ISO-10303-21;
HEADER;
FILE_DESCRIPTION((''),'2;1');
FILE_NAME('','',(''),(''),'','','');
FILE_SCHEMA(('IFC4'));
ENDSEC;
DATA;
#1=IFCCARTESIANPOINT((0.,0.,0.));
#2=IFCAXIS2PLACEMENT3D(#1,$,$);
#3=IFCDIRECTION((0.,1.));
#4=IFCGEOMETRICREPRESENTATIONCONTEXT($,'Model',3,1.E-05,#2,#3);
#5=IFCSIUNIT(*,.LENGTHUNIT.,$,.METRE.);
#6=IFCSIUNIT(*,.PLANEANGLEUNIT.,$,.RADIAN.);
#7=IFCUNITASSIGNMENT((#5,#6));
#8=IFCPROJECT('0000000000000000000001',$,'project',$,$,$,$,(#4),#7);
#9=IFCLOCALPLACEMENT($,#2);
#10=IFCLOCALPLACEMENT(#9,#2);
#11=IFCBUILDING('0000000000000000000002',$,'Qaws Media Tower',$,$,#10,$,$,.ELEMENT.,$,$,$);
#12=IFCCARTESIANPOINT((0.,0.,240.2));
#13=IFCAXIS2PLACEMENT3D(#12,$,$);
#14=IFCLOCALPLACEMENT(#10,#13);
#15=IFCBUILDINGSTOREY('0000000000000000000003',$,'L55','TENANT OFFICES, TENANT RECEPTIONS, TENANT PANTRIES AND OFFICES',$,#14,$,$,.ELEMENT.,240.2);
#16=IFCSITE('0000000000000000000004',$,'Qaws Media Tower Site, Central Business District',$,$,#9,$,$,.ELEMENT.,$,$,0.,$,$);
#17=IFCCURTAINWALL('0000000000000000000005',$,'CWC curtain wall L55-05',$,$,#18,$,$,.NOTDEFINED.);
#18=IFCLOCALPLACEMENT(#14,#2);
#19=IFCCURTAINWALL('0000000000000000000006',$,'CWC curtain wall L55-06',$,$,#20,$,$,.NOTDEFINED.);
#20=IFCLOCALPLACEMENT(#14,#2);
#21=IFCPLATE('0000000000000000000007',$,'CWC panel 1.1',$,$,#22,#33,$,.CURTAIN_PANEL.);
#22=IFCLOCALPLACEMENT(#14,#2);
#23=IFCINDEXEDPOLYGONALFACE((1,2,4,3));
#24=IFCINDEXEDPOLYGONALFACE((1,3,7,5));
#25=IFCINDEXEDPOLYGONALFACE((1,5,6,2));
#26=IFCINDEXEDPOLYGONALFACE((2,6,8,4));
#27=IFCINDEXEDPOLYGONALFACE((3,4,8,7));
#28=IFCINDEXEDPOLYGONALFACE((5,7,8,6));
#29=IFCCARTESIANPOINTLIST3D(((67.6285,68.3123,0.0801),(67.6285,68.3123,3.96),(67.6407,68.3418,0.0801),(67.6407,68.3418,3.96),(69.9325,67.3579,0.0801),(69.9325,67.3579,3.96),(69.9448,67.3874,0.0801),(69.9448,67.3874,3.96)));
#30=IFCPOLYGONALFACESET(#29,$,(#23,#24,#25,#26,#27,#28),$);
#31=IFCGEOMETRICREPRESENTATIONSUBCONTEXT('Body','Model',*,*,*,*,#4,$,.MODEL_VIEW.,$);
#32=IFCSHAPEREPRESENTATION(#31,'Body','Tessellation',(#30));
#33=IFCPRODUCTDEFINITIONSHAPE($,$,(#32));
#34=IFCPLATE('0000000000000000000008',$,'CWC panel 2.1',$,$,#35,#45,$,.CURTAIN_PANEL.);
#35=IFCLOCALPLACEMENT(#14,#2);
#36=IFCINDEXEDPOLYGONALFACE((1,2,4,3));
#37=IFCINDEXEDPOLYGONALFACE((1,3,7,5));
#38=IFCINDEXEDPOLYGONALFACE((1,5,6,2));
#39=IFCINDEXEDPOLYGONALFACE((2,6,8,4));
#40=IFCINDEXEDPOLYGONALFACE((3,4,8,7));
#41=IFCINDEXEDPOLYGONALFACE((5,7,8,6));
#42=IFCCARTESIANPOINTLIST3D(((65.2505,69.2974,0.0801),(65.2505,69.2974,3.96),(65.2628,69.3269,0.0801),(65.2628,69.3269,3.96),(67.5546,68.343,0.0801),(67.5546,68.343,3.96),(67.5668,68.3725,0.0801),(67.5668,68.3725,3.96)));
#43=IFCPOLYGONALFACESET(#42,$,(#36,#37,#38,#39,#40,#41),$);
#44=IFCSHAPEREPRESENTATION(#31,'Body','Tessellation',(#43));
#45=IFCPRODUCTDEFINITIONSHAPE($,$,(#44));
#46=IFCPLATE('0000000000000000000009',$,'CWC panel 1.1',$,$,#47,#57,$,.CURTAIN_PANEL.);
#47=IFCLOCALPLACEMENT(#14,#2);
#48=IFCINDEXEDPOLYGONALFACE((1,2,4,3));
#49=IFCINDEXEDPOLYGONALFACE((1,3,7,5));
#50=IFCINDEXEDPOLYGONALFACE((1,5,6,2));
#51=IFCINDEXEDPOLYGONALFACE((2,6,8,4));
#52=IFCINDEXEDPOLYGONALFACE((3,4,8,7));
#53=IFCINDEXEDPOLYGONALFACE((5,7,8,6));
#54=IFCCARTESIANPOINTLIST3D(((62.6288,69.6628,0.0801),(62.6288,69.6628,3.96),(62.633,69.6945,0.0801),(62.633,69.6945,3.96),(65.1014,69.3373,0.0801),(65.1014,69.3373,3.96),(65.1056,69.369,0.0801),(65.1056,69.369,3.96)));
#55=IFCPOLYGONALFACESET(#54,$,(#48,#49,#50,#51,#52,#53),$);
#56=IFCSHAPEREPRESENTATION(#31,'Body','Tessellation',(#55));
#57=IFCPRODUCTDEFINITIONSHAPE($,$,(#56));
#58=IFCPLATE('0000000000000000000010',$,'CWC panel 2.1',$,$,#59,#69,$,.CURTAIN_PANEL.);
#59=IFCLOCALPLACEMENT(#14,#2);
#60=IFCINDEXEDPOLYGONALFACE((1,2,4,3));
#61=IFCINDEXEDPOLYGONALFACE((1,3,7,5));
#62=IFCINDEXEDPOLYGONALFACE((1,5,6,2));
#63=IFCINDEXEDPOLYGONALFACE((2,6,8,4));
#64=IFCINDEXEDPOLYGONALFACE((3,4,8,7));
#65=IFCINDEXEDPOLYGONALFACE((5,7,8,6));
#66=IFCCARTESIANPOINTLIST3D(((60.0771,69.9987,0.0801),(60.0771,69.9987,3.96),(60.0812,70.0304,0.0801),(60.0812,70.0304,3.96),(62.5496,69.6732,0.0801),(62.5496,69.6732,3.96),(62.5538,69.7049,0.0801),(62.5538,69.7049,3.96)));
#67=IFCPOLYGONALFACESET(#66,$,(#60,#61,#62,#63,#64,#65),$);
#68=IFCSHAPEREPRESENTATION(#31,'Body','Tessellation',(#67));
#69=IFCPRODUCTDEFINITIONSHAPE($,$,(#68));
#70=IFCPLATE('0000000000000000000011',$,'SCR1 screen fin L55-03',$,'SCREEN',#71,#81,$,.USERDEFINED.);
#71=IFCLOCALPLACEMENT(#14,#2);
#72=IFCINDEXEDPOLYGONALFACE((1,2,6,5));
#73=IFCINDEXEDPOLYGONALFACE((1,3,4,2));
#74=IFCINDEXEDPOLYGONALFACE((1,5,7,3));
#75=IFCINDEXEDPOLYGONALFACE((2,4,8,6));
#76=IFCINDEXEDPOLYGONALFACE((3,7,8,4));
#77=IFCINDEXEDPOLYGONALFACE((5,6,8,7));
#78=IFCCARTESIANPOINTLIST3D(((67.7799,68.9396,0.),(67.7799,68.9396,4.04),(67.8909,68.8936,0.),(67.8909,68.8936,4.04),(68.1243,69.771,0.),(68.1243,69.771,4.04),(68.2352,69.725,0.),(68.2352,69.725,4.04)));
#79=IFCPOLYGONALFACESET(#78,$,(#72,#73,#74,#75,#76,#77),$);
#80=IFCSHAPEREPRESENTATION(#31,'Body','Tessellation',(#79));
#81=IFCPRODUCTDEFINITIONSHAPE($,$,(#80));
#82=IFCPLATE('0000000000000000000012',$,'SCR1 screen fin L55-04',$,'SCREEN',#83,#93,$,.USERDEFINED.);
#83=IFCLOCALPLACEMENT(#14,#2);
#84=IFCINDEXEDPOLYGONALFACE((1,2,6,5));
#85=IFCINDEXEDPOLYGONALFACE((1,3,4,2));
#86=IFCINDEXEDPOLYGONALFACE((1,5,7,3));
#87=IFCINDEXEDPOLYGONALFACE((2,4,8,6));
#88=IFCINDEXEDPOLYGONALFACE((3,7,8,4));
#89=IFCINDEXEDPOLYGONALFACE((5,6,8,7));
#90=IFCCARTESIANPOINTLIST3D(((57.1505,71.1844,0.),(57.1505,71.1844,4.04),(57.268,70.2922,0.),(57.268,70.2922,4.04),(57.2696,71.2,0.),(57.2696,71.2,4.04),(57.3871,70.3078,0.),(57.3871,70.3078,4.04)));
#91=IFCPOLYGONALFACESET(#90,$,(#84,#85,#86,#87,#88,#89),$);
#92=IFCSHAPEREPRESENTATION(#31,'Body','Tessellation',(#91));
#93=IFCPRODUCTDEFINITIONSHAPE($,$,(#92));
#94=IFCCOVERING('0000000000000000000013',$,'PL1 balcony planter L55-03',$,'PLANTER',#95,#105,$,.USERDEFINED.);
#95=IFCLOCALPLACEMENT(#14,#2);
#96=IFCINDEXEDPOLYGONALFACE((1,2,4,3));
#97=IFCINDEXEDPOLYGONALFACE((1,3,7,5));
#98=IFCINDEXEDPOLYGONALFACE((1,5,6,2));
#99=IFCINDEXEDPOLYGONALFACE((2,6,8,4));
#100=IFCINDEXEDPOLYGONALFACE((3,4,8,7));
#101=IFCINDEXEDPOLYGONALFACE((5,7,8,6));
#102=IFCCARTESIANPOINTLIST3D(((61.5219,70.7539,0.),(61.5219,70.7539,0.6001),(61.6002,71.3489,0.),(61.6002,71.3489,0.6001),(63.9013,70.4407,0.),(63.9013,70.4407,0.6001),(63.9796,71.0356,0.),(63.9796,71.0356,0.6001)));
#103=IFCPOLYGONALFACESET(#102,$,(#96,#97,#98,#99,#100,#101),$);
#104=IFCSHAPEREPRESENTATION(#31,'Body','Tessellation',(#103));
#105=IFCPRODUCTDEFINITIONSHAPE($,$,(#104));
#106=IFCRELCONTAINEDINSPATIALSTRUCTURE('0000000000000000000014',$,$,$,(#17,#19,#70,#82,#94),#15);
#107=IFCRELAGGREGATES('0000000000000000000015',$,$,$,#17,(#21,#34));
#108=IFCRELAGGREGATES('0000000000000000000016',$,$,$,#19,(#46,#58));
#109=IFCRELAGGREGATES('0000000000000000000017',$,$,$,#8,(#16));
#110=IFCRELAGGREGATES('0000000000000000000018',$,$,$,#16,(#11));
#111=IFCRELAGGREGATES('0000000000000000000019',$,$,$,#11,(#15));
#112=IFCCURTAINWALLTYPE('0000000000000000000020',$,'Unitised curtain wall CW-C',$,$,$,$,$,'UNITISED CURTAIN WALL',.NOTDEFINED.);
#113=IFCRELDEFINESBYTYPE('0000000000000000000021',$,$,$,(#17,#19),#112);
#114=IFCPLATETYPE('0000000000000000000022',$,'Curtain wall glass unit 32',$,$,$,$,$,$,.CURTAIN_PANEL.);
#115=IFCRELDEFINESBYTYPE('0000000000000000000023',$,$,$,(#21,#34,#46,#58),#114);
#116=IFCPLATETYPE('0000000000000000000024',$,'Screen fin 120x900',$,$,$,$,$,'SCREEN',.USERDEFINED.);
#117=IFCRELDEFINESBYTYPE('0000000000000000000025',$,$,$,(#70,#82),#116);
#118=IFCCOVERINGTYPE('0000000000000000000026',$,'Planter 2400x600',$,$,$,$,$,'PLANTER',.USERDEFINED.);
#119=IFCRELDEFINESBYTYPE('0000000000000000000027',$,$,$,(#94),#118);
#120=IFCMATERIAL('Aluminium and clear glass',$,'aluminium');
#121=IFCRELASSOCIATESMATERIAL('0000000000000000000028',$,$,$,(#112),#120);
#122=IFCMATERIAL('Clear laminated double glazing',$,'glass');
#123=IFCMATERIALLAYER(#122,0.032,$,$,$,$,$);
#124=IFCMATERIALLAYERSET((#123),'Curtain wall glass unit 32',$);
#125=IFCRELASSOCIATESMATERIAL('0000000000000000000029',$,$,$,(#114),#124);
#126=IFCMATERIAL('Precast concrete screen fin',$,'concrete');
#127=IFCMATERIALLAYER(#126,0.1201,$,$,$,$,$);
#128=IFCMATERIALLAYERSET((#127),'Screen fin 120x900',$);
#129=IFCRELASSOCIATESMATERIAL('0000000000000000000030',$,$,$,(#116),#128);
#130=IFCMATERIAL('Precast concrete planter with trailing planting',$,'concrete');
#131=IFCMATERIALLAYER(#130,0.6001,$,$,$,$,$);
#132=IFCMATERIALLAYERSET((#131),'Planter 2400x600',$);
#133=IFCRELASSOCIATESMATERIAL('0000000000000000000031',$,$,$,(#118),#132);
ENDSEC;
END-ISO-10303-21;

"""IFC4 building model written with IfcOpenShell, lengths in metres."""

from ifc_helpers import new_model, si_unit, direction, frame, origin, origin_2d, place, context, subcontext, project, spatial, rectangle, extrude, material, layer, layer_set, type_object, element, aggregate, save


model = new_model("IFC4")

# Units and contexts
model_context = context("Model", 3, precision=1e-05, world=origin(), true_north=direction((0.0, 1.0)))
body_context = subcontext(model_context, "Body", "Model", "MODEL_VIEW")
ifc_project = project(units=[si_unit("LENGTHUNIT", "METRE"), si_unit("PLANEANGLEUNIT", "RADIAN")], contexts=[model_context])

# Site, building, storey
site_placement = place(None, origin())
site = spatial("IfcSite", under=ifc_project, at=site_placement, Name="Qaws Media Tower Site, Central Business District", CompositionType="ELEMENT", RefElevation=0.0)
building_placement = place(site_placement, origin())
building = spatial("IfcBuilding", under=site, at=building_placement, Name="Qaws Media Tower", CompositionType="ELEMENT")
storey_placement = place(building_placement, frame((0.0, 0.0, 240.2)))
storey = spatial("IfcBuildingStorey", under=building, at=storey_placement, Name="L55", Description="TENANT OFFICES, TENANT RECEPTIONS, TENANT PANTRIES AND OFFICES", CompositionType="ELEMENT", Elevation=240.2)

# Curtain walls
ifc_material_1 = material(Name="Aluminium and clear glass", Category="aluminium")
curtain_wall_type = type_object("IfcCurtainWallType", Name="Unitised curtain wall CW-C", ElementType="UNITISED CURTAIN WALL", PredefinedType="NOTDEFINED", material=ifc_material_1)
curtain_wall_1_placement = place(storey_placement, origin())
curtain_wall_1 = element("IfcCurtainWall", 1, at=curtain_wall_1_placement, inside=storey, type_object=curtain_wall_type, Name="CWC curtain wall L55-05", PredefinedType="NOTDEFINED")
curtain_wall_2_placement = place(storey_placement, origin())
curtain_wall_2 = element("IfcCurtainWall", 2, at=curtain_wall_2_placement, inside=storey, type_object=curtain_wall_type, Name="CWC curtain wall L55-06", PredefinedType="NOTDEFINED")

# Plates
ifc_material_2 = material(Name="Clear laminated double glazing", Category="glass")
ifc_layer_1 = layer(ifc_material_2, 0.032)
ifc_layer_set_1 = layer_set([ifc_layer_1], Name="Curtain wall glass unit 32")
plate_type_1 = type_object("IfcPlateType", Name="Curtain wall glass unit 32", PredefinedType="CURTAIN_PANEL", material=ifc_layer_set_1)
plate_1_placement = place(storey_placement, frame((68.7866, 67.8499, 0.0801), z_axis=(0.0, 0.0, 1.0), x_axis=(-0.92388, 0.382683, 0.0)))
plate_1 = element("IfcPlate", 3, at=plate_1_placement, type_object=plate_type_1, Name="CWC panel 1.1", PredefinedType="CURTAIN_PANEL", context=body_context, shape_type="SweptSolid", body=[
    extrude(rectangle(XDim=2.4939, YDim=0.032, at=origin_2d()), origin(), (0.0, 0.0, 1.0), 3.8799),
])
plate_2_placement = place(storey_placement, frame((66.4087, 68.835, 0.0801), z_axis=(0.0, 0.0, 1.0), x_axis=(-0.92388, 0.382683, 0.0)))
plate_2 = element("IfcPlate", 4, at=plate_2_placement, type_object=plate_type_1, Name="CWC panel 2.1", PredefinedType="CURTAIN_PANEL", context=body_context, shape_type="SweptSolid", body=[
    extrude(rectangle(XDim=2.4939, YDim=0.032, at=origin_2d()), origin(), (0.0, 0.0, 1.0), 3.8799),
])
aggregate(curtain_wall_1, [plate_1, plate_2])
plate_3_placement = place(storey_placement, frame((63.8672, 69.5159, 0.0801), z_axis=(0.0, 0.0, 1.0), x_axis=(-0.991445, 0.130526, 0.0)))
plate_3 = element("IfcPlate", 5, at=plate_3_placement, type_object=plate_type_1, Name="CWC panel 1.1", PredefinedType="CURTAIN_PANEL", context=body_context, shape_type="SweptSolid", body=[
    extrude(rectangle(XDim=2.4939, YDim=0.032, at=origin_2d()), origin(), (0.0, 0.0, 1.0), 3.8799),
])
plate_4_placement = place(storey_placement, frame((61.3154, 69.8518, 0.0801), z_axis=(0.0, 0.0, 1.0), x_axis=(-0.991445, 0.130526, 0.0)))
plate_4 = element("IfcPlate", 6, at=plate_4_placement, type_object=plate_type_1, Name="CWC panel 2.1", PredefinedType="CURTAIN_PANEL", context=body_context, shape_type="SweptSolid", body=[
    extrude(rectangle(XDim=2.4939, YDim=0.032, at=origin_2d()), origin(), (0.0, 0.0, 1.0), 3.8799),
])
aggregate(curtain_wall_2, [plate_3, plate_4])

# Plates
ifc_material_3 = material(Name="Precast concrete screen fin", Category="concrete")
ifc_layer_2 = layer(ifc_material_3, 0.1201)
ifc_layer_set_2 = layer_set([ifc_layer_2], Name="Screen fin 120x900")
plate_type_2 = type_object("IfcPlateType", Name="Screen fin 120x900", ElementType="SCREEN", PredefinedType="USERDEFINED", material=ifc_layer_set_2)
for number, where, z_axis, x_axis, name in (
    (7, (68.0076, 69.3323, 0.0), (0.0, 0.0, 1.0), (0.382683, 0.92388, 0.0), "SCR1 screen fin L55-03"),
    (8, (57.2688, 70.7461, 0.0), (0.0, 0.0, 1.0), (-0.130526, 0.991445, 0.0), "SCR1 screen fin L55-04"),
):
    element("IfcPlate", number, at=place(storey_placement, frame(where, z_axis=z_axis, x_axis=x_axis)), inside=storey, type_object=plate_type_2, Name=name, ObjectType="SCREEN", PredefinedType="USERDEFINED", context=body_context, shape_type="SweptSolid", body=[
        extrude(rectangle(XDim=0.8999, YDim=0.1201, at=origin_2d()), origin(), (0.0, 0.0, 1.0), 4.04),
    ])

# Covering
ifc_material_4 = material(Name="Precast concrete planter with trailing planting", Category="concrete")
ifc_layer_3 = layer(ifc_material_4, 0.6001)
ifc_layer_set_3 = layer_set([ifc_layer_3], Name="Planter 2400x600")
covering_type = type_object("IfcCoveringType", Name="Planter 2400x600", ElementType="PLANTER", PredefinedType="USERDEFINED", material=ifc_layer_set_3)
covering_placement = place(storey_placement, frame((62.7507, 70.8948, 0.0), z_axis=(0.0, 0.0, 1.0), x_axis=(-0.991445, 0.130526, 0.0)))
element("IfcCovering", 9, at=covering_placement, inside=storey, type_object=covering_type, Name="PL1 balcony planter L55-03", ObjectType="PLANTER", PredefinedType="USERDEFINED", context=body_context, shape_type="SweptSolid", body=[
    extrude(rectangle(XDim=2.3999, YDim=0.6001, at=origin_2d()), origin(), (0.0, 0.0, 1.0), 0.6001),
])

save(model, "model.ifc")
